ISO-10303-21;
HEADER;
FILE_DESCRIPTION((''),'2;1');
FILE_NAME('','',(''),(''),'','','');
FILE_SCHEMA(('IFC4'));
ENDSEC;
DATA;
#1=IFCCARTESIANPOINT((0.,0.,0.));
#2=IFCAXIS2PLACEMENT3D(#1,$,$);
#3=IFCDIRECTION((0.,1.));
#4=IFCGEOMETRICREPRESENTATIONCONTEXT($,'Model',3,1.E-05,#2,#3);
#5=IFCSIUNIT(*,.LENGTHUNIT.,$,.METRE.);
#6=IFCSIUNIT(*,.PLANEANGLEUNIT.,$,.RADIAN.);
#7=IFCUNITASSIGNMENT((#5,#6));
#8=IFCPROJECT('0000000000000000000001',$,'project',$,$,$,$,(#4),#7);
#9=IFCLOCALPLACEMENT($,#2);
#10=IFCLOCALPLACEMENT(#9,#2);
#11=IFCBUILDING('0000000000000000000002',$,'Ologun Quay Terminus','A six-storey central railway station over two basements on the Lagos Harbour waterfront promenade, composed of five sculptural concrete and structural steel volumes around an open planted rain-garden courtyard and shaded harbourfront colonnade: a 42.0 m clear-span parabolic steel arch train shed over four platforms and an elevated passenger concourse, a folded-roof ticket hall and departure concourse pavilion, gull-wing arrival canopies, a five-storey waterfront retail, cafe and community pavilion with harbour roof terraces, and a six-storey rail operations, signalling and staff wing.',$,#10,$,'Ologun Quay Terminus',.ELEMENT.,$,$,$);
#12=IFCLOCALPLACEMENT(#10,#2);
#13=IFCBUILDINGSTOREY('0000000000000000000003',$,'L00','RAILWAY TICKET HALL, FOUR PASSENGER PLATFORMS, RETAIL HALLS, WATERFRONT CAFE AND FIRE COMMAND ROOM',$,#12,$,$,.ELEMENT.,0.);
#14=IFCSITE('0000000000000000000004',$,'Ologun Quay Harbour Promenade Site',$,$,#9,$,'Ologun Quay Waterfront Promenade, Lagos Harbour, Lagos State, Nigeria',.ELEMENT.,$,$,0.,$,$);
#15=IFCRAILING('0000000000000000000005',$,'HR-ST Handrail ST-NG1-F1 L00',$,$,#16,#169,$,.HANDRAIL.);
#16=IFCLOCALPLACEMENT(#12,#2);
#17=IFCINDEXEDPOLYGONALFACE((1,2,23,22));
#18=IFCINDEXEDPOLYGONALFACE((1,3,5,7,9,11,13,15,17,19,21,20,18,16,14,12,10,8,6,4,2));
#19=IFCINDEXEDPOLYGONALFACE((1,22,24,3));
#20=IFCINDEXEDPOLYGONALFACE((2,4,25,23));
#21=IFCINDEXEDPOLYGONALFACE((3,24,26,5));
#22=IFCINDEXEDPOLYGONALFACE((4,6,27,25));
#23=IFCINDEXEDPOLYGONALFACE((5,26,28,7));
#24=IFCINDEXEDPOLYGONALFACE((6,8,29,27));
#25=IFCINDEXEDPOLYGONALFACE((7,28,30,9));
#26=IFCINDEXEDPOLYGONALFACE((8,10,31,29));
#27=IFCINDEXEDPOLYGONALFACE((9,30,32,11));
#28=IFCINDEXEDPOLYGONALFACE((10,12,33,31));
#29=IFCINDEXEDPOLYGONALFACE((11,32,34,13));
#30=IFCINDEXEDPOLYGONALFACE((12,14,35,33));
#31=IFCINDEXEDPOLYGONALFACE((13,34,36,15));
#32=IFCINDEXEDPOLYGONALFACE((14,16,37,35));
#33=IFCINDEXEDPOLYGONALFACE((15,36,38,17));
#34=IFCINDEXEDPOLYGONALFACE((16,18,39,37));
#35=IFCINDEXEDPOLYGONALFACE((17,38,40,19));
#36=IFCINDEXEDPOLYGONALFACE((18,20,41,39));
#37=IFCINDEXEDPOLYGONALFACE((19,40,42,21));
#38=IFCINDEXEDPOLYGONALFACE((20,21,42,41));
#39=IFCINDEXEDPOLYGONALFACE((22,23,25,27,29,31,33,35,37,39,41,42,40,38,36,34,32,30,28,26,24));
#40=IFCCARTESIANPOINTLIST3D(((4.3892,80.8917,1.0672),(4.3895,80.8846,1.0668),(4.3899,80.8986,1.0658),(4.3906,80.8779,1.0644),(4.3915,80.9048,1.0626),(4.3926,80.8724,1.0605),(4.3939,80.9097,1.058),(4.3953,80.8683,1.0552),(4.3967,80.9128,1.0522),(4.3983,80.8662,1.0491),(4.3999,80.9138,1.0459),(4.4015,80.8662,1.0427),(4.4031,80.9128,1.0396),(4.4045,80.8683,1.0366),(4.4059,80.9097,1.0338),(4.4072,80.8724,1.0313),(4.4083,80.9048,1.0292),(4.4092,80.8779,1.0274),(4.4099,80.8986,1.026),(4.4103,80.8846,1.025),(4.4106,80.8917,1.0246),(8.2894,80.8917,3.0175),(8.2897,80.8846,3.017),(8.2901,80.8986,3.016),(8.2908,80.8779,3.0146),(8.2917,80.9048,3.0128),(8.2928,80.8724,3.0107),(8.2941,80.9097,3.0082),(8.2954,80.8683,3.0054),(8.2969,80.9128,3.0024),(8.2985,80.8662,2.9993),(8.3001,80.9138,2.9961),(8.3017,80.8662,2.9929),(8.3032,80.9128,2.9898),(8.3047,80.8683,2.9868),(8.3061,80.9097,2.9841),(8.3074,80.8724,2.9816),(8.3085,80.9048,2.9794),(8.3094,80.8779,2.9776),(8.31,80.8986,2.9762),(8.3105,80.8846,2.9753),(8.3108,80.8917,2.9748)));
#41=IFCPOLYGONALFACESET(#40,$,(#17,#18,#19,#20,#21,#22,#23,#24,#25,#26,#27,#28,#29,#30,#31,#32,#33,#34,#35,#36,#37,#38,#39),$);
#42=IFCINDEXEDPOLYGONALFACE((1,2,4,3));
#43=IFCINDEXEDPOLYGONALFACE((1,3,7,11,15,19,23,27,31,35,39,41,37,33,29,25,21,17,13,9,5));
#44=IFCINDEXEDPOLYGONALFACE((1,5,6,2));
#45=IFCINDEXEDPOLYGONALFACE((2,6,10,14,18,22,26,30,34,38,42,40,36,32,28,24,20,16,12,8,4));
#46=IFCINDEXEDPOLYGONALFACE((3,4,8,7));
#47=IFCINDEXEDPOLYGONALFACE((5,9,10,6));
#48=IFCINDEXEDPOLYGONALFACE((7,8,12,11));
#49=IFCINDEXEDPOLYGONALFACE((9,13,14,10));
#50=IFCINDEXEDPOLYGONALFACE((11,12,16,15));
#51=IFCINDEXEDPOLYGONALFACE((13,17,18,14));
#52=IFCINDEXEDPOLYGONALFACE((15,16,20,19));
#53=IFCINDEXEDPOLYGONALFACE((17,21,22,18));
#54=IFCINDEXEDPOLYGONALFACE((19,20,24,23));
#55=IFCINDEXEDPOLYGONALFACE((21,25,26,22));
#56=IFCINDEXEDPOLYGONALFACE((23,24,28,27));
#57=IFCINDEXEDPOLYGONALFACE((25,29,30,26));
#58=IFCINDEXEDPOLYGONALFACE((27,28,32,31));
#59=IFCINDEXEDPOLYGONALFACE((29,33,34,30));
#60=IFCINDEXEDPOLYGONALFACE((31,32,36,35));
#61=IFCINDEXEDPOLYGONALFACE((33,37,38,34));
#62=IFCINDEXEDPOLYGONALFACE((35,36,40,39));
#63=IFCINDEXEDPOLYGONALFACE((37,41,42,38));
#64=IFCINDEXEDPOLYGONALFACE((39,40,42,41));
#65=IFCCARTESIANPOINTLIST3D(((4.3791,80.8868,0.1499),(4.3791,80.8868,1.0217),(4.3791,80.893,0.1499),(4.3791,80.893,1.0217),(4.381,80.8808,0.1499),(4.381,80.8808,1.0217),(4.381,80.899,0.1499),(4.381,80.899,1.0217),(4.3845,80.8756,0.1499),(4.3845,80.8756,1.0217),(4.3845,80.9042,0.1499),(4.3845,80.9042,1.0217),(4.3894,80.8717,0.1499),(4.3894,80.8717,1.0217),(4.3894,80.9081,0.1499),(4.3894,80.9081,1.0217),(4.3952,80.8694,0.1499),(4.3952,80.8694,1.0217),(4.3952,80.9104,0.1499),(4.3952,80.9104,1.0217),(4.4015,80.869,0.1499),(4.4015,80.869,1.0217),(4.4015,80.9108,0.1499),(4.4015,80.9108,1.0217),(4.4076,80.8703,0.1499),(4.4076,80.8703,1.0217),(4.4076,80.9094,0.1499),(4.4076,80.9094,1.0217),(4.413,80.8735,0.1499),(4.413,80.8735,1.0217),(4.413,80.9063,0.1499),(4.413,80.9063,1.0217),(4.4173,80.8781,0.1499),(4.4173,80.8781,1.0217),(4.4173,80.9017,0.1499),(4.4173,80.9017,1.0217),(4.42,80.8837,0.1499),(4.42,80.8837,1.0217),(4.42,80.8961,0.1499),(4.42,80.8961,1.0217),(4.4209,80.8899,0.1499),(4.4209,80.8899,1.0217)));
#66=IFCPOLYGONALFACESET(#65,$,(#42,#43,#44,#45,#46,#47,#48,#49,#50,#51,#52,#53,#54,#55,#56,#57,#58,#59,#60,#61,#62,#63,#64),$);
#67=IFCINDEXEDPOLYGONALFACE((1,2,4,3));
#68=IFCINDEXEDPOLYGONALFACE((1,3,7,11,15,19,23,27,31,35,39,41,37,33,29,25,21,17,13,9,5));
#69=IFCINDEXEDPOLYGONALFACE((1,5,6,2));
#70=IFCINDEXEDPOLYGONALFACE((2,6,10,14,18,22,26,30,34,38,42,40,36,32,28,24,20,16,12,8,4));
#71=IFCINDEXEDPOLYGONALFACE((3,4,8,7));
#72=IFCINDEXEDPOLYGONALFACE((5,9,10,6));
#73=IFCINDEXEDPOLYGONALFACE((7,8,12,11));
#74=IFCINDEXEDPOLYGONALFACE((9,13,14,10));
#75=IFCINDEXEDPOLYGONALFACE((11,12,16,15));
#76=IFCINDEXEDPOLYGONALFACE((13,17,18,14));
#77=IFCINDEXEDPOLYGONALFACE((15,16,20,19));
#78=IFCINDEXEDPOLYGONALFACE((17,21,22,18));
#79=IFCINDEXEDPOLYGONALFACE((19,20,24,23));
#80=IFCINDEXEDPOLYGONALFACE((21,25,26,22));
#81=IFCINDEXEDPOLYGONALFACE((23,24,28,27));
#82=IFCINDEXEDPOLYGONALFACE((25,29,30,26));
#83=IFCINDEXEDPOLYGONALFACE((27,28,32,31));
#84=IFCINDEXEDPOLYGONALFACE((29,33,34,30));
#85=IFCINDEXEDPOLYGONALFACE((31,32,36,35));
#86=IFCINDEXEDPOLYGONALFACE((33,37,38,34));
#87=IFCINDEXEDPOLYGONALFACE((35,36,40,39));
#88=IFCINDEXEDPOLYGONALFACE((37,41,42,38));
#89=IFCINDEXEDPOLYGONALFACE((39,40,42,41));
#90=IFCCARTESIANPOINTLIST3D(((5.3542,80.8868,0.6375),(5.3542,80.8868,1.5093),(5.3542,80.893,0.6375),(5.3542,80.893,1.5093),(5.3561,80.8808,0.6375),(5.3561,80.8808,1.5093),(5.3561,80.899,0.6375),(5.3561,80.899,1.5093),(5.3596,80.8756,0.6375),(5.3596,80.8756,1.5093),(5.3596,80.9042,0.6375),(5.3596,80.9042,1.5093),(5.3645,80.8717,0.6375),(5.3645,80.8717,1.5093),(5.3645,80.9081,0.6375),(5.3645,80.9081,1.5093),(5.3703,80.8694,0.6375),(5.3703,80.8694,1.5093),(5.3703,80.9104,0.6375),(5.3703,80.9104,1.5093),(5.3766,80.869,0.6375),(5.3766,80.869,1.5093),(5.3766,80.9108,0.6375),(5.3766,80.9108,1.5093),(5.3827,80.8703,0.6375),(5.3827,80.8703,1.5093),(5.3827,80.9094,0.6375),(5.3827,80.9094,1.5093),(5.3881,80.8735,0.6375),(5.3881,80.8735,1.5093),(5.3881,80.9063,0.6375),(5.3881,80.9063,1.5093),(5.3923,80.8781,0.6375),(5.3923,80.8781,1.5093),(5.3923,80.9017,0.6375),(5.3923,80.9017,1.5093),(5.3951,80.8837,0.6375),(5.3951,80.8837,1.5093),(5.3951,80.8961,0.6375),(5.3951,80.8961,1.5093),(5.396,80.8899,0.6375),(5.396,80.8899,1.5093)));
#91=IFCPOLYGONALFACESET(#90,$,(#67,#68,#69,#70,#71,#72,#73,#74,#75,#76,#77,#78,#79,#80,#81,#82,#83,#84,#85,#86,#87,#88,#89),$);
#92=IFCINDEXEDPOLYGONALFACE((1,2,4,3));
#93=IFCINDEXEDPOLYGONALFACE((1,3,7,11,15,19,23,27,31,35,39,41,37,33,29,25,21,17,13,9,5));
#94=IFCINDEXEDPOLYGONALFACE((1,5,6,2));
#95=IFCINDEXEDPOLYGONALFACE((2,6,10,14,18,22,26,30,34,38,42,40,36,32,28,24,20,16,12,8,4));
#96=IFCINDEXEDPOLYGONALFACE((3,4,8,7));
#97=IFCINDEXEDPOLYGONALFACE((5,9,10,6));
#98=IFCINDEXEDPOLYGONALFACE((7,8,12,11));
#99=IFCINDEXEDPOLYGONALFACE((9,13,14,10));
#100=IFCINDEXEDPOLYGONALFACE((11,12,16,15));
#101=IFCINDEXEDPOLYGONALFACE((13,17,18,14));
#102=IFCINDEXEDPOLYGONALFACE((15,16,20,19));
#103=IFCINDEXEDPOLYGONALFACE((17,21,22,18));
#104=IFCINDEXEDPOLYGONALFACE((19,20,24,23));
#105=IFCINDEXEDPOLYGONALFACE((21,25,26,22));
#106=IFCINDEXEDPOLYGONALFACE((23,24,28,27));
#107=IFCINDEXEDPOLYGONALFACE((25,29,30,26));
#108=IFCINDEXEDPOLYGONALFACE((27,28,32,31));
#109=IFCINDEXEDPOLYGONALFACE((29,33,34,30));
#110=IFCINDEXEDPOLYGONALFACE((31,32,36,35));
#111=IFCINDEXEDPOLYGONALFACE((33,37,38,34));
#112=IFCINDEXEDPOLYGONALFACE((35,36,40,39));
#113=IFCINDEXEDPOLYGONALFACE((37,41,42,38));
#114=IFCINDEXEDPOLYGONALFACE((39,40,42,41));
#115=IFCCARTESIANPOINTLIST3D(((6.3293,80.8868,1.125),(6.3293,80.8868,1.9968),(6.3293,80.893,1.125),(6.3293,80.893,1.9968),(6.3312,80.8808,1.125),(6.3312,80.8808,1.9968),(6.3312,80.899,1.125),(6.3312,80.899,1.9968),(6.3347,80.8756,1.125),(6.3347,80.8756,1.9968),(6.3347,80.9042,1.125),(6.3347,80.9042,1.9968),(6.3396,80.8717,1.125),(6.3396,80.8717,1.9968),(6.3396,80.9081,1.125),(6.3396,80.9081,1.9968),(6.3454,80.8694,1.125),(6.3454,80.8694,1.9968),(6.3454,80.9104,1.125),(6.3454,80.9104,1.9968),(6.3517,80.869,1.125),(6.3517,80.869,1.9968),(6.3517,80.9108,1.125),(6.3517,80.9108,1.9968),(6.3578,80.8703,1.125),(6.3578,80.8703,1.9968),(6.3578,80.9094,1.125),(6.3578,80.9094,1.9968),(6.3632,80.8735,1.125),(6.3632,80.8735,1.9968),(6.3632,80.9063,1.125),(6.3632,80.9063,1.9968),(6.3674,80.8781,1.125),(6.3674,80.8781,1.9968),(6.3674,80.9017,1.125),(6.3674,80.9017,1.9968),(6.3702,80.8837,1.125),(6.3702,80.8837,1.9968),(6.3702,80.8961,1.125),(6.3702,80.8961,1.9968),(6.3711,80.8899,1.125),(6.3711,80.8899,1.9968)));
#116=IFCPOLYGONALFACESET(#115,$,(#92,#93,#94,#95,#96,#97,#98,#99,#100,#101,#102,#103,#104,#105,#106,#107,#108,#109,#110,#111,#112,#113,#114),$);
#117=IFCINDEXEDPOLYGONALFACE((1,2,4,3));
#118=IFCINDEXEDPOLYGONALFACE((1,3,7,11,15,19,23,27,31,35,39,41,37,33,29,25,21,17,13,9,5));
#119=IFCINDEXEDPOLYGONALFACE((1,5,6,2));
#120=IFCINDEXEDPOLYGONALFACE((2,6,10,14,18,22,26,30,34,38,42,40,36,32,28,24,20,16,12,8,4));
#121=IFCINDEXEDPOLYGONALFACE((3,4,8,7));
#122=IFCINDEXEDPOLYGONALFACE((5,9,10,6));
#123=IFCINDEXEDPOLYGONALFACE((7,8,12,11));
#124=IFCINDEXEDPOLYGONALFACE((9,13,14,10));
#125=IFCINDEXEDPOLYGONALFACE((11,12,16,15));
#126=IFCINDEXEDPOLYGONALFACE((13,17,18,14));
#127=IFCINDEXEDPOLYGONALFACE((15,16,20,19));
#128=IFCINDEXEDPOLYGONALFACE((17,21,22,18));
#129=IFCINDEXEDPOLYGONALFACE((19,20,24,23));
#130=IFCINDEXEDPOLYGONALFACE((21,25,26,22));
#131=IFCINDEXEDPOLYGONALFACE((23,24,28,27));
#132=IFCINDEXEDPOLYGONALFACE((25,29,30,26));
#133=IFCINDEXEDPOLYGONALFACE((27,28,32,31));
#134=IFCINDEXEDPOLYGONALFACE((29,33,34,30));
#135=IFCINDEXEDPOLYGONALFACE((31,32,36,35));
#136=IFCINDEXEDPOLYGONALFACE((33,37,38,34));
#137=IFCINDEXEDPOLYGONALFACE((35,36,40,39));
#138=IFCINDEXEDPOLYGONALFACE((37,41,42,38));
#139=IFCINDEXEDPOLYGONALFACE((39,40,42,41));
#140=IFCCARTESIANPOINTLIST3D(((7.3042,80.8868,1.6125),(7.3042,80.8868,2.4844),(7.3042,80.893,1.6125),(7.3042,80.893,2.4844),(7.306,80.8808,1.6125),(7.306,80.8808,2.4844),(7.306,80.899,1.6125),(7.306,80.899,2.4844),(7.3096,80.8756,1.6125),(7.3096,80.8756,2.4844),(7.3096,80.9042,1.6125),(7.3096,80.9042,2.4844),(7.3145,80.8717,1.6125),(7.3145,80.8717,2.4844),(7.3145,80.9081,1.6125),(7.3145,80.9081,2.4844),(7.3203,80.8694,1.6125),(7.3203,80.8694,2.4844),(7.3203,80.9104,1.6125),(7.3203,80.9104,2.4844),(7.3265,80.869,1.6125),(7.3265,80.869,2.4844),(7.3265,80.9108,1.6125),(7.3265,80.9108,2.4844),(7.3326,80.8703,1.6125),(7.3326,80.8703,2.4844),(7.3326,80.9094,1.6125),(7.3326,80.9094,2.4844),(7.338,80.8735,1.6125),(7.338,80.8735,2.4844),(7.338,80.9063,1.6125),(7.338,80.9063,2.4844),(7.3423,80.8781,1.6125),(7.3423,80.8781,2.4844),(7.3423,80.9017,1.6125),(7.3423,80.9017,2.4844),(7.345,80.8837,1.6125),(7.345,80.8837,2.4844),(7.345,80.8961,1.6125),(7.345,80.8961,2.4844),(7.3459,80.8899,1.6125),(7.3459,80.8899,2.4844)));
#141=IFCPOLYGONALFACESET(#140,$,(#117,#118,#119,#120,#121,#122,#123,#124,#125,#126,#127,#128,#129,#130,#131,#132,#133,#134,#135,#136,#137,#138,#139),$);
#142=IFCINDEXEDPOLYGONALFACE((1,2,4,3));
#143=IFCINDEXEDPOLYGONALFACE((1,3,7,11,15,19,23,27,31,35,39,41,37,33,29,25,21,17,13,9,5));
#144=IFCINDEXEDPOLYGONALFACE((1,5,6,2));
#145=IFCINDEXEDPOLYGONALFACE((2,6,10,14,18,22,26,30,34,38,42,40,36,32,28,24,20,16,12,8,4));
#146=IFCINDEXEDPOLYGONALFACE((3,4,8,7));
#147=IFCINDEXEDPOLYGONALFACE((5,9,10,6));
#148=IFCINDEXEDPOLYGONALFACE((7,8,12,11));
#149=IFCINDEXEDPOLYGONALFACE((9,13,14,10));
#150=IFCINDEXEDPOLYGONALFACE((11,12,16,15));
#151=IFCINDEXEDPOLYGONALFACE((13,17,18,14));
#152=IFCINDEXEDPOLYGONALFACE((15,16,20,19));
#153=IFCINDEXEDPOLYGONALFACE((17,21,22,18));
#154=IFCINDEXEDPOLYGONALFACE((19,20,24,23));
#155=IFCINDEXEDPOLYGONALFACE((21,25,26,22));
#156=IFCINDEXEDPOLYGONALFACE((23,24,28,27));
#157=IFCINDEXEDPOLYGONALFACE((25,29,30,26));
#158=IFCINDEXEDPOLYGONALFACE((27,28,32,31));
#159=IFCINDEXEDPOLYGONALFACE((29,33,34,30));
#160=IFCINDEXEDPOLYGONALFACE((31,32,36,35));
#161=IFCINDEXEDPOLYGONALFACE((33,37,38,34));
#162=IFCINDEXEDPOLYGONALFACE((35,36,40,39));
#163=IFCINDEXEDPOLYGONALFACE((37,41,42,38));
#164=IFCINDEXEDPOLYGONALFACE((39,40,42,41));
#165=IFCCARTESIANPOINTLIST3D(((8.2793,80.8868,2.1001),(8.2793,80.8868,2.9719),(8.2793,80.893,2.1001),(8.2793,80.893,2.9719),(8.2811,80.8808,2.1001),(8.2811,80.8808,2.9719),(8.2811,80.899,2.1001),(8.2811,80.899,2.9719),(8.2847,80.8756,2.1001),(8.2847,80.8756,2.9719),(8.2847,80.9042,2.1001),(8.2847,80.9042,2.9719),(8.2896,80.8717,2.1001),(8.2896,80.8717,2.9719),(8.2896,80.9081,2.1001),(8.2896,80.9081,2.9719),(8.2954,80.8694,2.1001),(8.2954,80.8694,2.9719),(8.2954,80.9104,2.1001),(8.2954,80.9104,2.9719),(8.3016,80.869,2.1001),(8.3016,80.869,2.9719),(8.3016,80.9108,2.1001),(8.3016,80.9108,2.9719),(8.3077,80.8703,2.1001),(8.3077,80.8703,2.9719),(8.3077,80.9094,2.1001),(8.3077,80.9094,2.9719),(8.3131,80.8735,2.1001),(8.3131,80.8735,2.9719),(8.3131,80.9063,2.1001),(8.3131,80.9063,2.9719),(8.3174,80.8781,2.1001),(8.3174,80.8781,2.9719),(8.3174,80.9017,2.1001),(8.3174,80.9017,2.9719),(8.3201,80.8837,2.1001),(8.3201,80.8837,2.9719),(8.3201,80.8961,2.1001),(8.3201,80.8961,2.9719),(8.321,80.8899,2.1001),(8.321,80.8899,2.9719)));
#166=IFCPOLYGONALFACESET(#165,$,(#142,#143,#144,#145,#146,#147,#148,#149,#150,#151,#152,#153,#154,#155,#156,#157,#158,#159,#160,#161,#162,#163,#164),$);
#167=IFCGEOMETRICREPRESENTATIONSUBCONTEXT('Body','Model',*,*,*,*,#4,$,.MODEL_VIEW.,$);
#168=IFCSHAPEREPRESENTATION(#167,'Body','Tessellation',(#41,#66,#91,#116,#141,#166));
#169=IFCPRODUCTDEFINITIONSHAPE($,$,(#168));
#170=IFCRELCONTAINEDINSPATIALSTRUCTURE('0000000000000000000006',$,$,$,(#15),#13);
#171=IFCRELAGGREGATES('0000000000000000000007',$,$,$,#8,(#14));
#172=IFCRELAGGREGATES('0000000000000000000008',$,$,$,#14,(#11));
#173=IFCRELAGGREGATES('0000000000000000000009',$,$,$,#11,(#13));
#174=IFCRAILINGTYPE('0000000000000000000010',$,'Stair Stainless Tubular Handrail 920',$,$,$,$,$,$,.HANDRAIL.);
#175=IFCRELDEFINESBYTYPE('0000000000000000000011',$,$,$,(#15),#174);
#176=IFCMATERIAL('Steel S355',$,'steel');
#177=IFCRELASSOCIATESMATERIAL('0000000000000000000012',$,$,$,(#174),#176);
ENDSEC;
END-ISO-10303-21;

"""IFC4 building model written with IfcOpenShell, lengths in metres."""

from ifc_helpers import new_model, si_unit, direction, frame, origin, origin_2d, place, context, subcontext, project, spatial, circle, extrude, material, type_object, element, save


model = new_model("IFC4")

# Units and contexts
model_context = context("Model", 3, precision=1e-05, world=origin(), true_north=direction((0.0, 1.0)))
body_context = subcontext(model_context, "Body", "Model", "MODEL_VIEW")
ifc_project = project(units=[si_unit("LENGTHUNIT", "METRE"), si_unit("PLANEANGLEUNIT", "RADIAN")], contexts=[model_context])

# Site, building, storey
site_placement = place(None, origin())
site = spatial("IfcSite", under=ifc_project, at=site_placement, Name="Ologun Quay Harbour Promenade Site", LongName="Ologun Quay Waterfront Promenade, Lagos Harbour, Lagos State, Nigeria", CompositionType="ELEMENT", RefElevation=0.0)
building_placement = place(site_placement, origin())
building = spatial("IfcBuilding", under=site, at=building_placement, Name="Ologun Quay Terminus", Description="A six-storey central railway station over two basements on the Lagos Harbour waterfront promenade, composed of five sculptural concrete and structural steel volumes around an open planted rain-garden courtyard and shaded harbourfront colonnade: a 42.0 m clear-span parabolic steel arch train shed over four platforms and an elevated passenger concourse, a folded-roof ticket hall and departure concourse pavilion, gull-wing arrival canopies, a five-storey waterfront retail, cafe and community pavilion with harbour roof terraces, and a six-storey rail operations, signalling and staff wing.", LongName="Ologun Quay Terminus", CompositionType="ELEMENT")
storey_placement = place(building_placement, origin())
storey = spatial("IfcBuildingStorey", under=building, at=storey_placement, Name="L00", Description="RAILWAY TICKET HALL, FOUR PASSENGER PLATFORMS, RETAIL HALLS, WATERFRONT CAFE AND FIRE COMMAND ROOM", CompositionType="ELEMENT", Elevation=0.0)

# Railing
ifc_material_1 = material(Name="Steel S355", Category="steel")
railing_type_1 = type_object("IfcRailingType", Name="Stair Stainless Tubular Handrail 920", PredefinedType="HANDRAIL", material=ifc_material_1)
railing_1_placement = place(storey_placement, frame((4.3999, 80.8899, 0.1499)))
element("IfcRailing", 1, at=railing_1_placement, inside=storey, type_object=railing_type_1, Name="HR-ST Handrail ST-NG1-F1 L00", PredefinedType="HANDRAIL", context=body_context, shape_type="SweptSolid", body=[
    extrude(circle(Radius=0.0239, at=origin_2d()), frame((0.0, 0.0, 0.896), z_axis=(0.894416, 0.0, 0.447236), x_axis=(0.0, 1.0, 0.0)), (0.0, 0.0, 1.0), 4.3606),
    extrude(circle(Radius=0.021, at=origin_2d()), origin(), (0.0, 0.0, 1.0), 0.8718),
    extrude(circle(Radius=0.021, at=origin_2d()), frame((0.9751, 0.0, 0.4875)), (0.0, 0.0, 1.0), 0.8718),
    extrude(circle(Radius=0.021, at=origin_2d()), frame((1.9502, 0.0, 0.9751)), (0.0, 0.0, 1.0), 0.8718),
    extrude(circle(Radius=0.021, at=origin_2d()), frame((2.925, 0.0, 1.4626)), (0.0, 0.0, 1.0), 0.8718),
    extrude(circle(Radius=0.021, at=origin_2d()), frame((3.9001, 0.0, 1.9502)), (0.0, 0.0, 1.0), 0.8718),
])

save(model, "model.ifc")
